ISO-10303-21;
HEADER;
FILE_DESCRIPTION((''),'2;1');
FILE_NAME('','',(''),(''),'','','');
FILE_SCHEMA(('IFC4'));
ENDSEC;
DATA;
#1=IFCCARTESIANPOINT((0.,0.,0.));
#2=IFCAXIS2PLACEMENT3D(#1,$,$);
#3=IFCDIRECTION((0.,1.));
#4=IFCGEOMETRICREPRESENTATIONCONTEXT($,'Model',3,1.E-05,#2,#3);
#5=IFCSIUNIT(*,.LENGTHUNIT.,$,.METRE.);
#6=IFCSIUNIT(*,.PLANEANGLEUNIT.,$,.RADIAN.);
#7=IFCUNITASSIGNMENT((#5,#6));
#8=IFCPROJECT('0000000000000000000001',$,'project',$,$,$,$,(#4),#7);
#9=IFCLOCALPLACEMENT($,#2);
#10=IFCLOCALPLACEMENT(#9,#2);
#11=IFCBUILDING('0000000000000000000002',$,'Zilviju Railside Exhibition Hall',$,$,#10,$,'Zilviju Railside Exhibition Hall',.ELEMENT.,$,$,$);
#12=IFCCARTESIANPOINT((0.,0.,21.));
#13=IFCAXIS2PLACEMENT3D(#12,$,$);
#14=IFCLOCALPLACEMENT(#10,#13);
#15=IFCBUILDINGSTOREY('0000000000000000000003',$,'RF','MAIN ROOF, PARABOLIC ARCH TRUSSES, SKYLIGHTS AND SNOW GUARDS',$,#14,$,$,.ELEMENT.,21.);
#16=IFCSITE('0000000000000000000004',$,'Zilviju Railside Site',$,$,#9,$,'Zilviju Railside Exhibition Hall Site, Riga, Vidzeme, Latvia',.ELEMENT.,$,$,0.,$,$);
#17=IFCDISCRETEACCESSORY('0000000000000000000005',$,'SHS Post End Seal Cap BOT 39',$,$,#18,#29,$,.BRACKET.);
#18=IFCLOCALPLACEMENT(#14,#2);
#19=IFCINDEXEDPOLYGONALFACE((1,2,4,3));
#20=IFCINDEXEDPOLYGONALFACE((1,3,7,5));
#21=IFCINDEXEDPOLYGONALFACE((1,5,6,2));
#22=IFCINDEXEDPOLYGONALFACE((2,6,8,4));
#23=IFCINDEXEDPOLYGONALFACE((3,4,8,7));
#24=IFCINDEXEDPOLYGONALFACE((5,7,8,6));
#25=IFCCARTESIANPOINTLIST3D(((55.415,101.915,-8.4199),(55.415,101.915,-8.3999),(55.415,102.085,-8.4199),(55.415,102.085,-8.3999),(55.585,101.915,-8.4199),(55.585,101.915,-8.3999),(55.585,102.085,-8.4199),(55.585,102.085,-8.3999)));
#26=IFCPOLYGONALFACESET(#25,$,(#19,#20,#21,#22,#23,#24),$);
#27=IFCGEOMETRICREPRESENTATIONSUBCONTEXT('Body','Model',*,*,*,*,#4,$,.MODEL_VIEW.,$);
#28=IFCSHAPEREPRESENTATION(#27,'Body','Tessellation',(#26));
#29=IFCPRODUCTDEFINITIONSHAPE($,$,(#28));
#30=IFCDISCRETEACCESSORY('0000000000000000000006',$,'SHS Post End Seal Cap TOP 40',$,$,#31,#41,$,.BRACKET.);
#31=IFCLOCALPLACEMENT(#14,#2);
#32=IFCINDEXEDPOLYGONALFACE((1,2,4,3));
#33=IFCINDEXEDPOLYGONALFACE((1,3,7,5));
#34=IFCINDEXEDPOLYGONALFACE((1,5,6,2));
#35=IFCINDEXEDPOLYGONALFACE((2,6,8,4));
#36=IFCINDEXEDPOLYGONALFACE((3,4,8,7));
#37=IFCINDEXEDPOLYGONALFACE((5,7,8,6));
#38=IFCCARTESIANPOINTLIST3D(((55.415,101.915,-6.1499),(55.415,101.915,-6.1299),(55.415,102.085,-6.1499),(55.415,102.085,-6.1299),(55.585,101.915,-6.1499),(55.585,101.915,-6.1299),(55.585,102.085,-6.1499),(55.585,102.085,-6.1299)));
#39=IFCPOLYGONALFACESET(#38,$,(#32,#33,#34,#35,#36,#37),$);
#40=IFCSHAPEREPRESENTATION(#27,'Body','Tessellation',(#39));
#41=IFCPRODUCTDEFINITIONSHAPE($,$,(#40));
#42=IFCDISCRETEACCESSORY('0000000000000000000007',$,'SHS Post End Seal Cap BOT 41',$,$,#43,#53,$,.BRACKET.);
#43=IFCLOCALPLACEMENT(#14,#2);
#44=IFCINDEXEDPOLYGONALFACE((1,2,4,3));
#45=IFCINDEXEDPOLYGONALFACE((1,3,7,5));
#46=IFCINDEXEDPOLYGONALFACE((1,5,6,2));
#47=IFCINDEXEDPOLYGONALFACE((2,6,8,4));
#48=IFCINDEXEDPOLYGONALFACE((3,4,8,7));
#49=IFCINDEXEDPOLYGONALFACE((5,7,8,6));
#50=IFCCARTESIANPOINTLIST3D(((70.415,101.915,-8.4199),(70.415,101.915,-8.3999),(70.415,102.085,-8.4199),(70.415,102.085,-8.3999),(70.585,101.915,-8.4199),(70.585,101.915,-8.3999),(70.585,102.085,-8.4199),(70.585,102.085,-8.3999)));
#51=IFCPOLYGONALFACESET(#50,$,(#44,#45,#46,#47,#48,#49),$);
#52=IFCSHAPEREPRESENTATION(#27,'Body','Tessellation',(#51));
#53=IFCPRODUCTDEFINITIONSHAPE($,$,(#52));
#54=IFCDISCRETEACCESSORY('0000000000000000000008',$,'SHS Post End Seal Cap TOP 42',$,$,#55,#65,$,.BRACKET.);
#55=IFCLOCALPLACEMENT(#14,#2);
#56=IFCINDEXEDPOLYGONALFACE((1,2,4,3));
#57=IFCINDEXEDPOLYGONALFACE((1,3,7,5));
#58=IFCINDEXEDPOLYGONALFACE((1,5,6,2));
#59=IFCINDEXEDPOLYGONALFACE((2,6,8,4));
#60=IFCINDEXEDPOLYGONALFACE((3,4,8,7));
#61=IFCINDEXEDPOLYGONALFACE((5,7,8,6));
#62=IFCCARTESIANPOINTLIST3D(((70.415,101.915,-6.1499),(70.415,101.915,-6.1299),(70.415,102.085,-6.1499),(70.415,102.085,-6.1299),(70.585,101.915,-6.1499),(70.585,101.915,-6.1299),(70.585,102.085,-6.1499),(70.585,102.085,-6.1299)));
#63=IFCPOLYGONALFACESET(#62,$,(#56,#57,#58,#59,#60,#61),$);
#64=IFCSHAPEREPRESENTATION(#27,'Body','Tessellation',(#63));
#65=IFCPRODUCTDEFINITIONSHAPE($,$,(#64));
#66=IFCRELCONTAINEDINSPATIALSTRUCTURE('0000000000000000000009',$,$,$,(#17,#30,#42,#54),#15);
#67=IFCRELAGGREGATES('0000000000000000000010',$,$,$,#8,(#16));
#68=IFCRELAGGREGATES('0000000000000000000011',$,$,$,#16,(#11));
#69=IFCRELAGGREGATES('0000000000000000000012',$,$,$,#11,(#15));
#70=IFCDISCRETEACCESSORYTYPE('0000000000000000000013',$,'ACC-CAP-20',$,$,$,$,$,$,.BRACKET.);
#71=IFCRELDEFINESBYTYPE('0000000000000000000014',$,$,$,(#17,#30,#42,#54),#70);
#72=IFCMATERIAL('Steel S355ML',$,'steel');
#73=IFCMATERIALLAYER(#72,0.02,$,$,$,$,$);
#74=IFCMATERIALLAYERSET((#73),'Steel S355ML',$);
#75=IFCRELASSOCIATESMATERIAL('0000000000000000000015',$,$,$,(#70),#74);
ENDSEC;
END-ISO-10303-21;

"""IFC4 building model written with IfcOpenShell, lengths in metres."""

from ifc_helpers import new_model, si_unit, direction, frame, origin, origin_2d, place, context, subcontext, project, spatial, rectangle, extrude, material, layer, layer_set, type_object, element, save


model = new_model("IFC4")

# Units and contexts
model_context = context("Model", 3, precision=1e-05, world=origin(), true_north=direction((0.0, 1.0)))
body_context = subcontext(model_context, "Body", "Model", "MODEL_VIEW")
ifc_project = project(units=[si_unit("LENGTHUNIT", "METRE"), si_unit("PLANEANGLEUNIT", "RADIAN")], contexts=[model_context])

# Site, building, storey
site_placement = place(None, origin())
site = spatial("IfcSite", under=ifc_project, at=site_placement, Name="Zilviju Railside Site", LongName="Zilviju Railside Exhibition Hall Site, Riga, Vidzeme, Latvia", CompositionType="ELEMENT", RefElevation=0.0)
building_placement = place(site_placement, origin())
building = spatial("IfcBuilding", under=site, at=building_placement, Name="Zilviju Railside Exhibition Hall", LongName="Zilviju Railside Exhibition Hall", CompositionType="ELEMENT")
storey_placement = place(building_placement, frame((0.0, 0.0, 21.0)))
storey = spatial("IfcBuildingStorey", under=building, at=storey_placement, Name="RF", Description="MAIN ROOF, PARABOLIC ARCH TRUSSES, SKYLIGHTS AND SNOW GUARDS", CompositionType="ELEMENT", Elevation=21.0)

# Discrete accessories
ifc_material_1 = material(Name="Steel S355ML", Category="steel")
ifc_layer_1 = layer(ifc_material_1, 0.02)
ifc_layer_set_1 = layer_set([ifc_layer_1], Name="Steel S355ML")
discrete_accessory_type = type_object("IfcDiscreteAccessoryType", Name="ACC-CAP-20", PredefinedType="BRACKET", material=ifc_layer_set_1)
for number, where, z_axis, x_axis, name in (
    (1, (55.5, 102.0, -8.4199), (0.0, 0.0, 1.0), (1.0, 0.0, 0.0), "SHS Post End Seal Cap BOT 39"),
    (2, (55.5, 102.0, -6.1499), (0.0, 0.0, 1.0), (1.0, 0.0, 0.0), "SHS Post End Seal Cap TOP 40"),
    (3, (70.5, 102.0, -8.4199), (0.0, 0.0, 1.0), (1.0, 0.0, 0.0), "SHS Post End Seal Cap BOT 41"),
    (4, (70.5, 102.0, -6.1499), (0.0, 0.0, 1.0), (1.0, 0.0, 0.0), "SHS Post End Seal Cap TOP 42"),
):
    element("IfcDiscreteAccessory", number, at=place(storey_placement, frame(where, z_axis=z_axis, x_axis=x_axis)), inside=storey, type_object=discrete_accessory_type, Name=name, PredefinedType="BRACKET", context=body_context, shape_type="SweptSolid", body=[
        extrude(rectangle(XDim=0.1699, YDim=0.1699, at=origin_2d()), origin(), (0.0, 0.0, 1.0), 0.02),
    ])

save(model, "model.ifc")
